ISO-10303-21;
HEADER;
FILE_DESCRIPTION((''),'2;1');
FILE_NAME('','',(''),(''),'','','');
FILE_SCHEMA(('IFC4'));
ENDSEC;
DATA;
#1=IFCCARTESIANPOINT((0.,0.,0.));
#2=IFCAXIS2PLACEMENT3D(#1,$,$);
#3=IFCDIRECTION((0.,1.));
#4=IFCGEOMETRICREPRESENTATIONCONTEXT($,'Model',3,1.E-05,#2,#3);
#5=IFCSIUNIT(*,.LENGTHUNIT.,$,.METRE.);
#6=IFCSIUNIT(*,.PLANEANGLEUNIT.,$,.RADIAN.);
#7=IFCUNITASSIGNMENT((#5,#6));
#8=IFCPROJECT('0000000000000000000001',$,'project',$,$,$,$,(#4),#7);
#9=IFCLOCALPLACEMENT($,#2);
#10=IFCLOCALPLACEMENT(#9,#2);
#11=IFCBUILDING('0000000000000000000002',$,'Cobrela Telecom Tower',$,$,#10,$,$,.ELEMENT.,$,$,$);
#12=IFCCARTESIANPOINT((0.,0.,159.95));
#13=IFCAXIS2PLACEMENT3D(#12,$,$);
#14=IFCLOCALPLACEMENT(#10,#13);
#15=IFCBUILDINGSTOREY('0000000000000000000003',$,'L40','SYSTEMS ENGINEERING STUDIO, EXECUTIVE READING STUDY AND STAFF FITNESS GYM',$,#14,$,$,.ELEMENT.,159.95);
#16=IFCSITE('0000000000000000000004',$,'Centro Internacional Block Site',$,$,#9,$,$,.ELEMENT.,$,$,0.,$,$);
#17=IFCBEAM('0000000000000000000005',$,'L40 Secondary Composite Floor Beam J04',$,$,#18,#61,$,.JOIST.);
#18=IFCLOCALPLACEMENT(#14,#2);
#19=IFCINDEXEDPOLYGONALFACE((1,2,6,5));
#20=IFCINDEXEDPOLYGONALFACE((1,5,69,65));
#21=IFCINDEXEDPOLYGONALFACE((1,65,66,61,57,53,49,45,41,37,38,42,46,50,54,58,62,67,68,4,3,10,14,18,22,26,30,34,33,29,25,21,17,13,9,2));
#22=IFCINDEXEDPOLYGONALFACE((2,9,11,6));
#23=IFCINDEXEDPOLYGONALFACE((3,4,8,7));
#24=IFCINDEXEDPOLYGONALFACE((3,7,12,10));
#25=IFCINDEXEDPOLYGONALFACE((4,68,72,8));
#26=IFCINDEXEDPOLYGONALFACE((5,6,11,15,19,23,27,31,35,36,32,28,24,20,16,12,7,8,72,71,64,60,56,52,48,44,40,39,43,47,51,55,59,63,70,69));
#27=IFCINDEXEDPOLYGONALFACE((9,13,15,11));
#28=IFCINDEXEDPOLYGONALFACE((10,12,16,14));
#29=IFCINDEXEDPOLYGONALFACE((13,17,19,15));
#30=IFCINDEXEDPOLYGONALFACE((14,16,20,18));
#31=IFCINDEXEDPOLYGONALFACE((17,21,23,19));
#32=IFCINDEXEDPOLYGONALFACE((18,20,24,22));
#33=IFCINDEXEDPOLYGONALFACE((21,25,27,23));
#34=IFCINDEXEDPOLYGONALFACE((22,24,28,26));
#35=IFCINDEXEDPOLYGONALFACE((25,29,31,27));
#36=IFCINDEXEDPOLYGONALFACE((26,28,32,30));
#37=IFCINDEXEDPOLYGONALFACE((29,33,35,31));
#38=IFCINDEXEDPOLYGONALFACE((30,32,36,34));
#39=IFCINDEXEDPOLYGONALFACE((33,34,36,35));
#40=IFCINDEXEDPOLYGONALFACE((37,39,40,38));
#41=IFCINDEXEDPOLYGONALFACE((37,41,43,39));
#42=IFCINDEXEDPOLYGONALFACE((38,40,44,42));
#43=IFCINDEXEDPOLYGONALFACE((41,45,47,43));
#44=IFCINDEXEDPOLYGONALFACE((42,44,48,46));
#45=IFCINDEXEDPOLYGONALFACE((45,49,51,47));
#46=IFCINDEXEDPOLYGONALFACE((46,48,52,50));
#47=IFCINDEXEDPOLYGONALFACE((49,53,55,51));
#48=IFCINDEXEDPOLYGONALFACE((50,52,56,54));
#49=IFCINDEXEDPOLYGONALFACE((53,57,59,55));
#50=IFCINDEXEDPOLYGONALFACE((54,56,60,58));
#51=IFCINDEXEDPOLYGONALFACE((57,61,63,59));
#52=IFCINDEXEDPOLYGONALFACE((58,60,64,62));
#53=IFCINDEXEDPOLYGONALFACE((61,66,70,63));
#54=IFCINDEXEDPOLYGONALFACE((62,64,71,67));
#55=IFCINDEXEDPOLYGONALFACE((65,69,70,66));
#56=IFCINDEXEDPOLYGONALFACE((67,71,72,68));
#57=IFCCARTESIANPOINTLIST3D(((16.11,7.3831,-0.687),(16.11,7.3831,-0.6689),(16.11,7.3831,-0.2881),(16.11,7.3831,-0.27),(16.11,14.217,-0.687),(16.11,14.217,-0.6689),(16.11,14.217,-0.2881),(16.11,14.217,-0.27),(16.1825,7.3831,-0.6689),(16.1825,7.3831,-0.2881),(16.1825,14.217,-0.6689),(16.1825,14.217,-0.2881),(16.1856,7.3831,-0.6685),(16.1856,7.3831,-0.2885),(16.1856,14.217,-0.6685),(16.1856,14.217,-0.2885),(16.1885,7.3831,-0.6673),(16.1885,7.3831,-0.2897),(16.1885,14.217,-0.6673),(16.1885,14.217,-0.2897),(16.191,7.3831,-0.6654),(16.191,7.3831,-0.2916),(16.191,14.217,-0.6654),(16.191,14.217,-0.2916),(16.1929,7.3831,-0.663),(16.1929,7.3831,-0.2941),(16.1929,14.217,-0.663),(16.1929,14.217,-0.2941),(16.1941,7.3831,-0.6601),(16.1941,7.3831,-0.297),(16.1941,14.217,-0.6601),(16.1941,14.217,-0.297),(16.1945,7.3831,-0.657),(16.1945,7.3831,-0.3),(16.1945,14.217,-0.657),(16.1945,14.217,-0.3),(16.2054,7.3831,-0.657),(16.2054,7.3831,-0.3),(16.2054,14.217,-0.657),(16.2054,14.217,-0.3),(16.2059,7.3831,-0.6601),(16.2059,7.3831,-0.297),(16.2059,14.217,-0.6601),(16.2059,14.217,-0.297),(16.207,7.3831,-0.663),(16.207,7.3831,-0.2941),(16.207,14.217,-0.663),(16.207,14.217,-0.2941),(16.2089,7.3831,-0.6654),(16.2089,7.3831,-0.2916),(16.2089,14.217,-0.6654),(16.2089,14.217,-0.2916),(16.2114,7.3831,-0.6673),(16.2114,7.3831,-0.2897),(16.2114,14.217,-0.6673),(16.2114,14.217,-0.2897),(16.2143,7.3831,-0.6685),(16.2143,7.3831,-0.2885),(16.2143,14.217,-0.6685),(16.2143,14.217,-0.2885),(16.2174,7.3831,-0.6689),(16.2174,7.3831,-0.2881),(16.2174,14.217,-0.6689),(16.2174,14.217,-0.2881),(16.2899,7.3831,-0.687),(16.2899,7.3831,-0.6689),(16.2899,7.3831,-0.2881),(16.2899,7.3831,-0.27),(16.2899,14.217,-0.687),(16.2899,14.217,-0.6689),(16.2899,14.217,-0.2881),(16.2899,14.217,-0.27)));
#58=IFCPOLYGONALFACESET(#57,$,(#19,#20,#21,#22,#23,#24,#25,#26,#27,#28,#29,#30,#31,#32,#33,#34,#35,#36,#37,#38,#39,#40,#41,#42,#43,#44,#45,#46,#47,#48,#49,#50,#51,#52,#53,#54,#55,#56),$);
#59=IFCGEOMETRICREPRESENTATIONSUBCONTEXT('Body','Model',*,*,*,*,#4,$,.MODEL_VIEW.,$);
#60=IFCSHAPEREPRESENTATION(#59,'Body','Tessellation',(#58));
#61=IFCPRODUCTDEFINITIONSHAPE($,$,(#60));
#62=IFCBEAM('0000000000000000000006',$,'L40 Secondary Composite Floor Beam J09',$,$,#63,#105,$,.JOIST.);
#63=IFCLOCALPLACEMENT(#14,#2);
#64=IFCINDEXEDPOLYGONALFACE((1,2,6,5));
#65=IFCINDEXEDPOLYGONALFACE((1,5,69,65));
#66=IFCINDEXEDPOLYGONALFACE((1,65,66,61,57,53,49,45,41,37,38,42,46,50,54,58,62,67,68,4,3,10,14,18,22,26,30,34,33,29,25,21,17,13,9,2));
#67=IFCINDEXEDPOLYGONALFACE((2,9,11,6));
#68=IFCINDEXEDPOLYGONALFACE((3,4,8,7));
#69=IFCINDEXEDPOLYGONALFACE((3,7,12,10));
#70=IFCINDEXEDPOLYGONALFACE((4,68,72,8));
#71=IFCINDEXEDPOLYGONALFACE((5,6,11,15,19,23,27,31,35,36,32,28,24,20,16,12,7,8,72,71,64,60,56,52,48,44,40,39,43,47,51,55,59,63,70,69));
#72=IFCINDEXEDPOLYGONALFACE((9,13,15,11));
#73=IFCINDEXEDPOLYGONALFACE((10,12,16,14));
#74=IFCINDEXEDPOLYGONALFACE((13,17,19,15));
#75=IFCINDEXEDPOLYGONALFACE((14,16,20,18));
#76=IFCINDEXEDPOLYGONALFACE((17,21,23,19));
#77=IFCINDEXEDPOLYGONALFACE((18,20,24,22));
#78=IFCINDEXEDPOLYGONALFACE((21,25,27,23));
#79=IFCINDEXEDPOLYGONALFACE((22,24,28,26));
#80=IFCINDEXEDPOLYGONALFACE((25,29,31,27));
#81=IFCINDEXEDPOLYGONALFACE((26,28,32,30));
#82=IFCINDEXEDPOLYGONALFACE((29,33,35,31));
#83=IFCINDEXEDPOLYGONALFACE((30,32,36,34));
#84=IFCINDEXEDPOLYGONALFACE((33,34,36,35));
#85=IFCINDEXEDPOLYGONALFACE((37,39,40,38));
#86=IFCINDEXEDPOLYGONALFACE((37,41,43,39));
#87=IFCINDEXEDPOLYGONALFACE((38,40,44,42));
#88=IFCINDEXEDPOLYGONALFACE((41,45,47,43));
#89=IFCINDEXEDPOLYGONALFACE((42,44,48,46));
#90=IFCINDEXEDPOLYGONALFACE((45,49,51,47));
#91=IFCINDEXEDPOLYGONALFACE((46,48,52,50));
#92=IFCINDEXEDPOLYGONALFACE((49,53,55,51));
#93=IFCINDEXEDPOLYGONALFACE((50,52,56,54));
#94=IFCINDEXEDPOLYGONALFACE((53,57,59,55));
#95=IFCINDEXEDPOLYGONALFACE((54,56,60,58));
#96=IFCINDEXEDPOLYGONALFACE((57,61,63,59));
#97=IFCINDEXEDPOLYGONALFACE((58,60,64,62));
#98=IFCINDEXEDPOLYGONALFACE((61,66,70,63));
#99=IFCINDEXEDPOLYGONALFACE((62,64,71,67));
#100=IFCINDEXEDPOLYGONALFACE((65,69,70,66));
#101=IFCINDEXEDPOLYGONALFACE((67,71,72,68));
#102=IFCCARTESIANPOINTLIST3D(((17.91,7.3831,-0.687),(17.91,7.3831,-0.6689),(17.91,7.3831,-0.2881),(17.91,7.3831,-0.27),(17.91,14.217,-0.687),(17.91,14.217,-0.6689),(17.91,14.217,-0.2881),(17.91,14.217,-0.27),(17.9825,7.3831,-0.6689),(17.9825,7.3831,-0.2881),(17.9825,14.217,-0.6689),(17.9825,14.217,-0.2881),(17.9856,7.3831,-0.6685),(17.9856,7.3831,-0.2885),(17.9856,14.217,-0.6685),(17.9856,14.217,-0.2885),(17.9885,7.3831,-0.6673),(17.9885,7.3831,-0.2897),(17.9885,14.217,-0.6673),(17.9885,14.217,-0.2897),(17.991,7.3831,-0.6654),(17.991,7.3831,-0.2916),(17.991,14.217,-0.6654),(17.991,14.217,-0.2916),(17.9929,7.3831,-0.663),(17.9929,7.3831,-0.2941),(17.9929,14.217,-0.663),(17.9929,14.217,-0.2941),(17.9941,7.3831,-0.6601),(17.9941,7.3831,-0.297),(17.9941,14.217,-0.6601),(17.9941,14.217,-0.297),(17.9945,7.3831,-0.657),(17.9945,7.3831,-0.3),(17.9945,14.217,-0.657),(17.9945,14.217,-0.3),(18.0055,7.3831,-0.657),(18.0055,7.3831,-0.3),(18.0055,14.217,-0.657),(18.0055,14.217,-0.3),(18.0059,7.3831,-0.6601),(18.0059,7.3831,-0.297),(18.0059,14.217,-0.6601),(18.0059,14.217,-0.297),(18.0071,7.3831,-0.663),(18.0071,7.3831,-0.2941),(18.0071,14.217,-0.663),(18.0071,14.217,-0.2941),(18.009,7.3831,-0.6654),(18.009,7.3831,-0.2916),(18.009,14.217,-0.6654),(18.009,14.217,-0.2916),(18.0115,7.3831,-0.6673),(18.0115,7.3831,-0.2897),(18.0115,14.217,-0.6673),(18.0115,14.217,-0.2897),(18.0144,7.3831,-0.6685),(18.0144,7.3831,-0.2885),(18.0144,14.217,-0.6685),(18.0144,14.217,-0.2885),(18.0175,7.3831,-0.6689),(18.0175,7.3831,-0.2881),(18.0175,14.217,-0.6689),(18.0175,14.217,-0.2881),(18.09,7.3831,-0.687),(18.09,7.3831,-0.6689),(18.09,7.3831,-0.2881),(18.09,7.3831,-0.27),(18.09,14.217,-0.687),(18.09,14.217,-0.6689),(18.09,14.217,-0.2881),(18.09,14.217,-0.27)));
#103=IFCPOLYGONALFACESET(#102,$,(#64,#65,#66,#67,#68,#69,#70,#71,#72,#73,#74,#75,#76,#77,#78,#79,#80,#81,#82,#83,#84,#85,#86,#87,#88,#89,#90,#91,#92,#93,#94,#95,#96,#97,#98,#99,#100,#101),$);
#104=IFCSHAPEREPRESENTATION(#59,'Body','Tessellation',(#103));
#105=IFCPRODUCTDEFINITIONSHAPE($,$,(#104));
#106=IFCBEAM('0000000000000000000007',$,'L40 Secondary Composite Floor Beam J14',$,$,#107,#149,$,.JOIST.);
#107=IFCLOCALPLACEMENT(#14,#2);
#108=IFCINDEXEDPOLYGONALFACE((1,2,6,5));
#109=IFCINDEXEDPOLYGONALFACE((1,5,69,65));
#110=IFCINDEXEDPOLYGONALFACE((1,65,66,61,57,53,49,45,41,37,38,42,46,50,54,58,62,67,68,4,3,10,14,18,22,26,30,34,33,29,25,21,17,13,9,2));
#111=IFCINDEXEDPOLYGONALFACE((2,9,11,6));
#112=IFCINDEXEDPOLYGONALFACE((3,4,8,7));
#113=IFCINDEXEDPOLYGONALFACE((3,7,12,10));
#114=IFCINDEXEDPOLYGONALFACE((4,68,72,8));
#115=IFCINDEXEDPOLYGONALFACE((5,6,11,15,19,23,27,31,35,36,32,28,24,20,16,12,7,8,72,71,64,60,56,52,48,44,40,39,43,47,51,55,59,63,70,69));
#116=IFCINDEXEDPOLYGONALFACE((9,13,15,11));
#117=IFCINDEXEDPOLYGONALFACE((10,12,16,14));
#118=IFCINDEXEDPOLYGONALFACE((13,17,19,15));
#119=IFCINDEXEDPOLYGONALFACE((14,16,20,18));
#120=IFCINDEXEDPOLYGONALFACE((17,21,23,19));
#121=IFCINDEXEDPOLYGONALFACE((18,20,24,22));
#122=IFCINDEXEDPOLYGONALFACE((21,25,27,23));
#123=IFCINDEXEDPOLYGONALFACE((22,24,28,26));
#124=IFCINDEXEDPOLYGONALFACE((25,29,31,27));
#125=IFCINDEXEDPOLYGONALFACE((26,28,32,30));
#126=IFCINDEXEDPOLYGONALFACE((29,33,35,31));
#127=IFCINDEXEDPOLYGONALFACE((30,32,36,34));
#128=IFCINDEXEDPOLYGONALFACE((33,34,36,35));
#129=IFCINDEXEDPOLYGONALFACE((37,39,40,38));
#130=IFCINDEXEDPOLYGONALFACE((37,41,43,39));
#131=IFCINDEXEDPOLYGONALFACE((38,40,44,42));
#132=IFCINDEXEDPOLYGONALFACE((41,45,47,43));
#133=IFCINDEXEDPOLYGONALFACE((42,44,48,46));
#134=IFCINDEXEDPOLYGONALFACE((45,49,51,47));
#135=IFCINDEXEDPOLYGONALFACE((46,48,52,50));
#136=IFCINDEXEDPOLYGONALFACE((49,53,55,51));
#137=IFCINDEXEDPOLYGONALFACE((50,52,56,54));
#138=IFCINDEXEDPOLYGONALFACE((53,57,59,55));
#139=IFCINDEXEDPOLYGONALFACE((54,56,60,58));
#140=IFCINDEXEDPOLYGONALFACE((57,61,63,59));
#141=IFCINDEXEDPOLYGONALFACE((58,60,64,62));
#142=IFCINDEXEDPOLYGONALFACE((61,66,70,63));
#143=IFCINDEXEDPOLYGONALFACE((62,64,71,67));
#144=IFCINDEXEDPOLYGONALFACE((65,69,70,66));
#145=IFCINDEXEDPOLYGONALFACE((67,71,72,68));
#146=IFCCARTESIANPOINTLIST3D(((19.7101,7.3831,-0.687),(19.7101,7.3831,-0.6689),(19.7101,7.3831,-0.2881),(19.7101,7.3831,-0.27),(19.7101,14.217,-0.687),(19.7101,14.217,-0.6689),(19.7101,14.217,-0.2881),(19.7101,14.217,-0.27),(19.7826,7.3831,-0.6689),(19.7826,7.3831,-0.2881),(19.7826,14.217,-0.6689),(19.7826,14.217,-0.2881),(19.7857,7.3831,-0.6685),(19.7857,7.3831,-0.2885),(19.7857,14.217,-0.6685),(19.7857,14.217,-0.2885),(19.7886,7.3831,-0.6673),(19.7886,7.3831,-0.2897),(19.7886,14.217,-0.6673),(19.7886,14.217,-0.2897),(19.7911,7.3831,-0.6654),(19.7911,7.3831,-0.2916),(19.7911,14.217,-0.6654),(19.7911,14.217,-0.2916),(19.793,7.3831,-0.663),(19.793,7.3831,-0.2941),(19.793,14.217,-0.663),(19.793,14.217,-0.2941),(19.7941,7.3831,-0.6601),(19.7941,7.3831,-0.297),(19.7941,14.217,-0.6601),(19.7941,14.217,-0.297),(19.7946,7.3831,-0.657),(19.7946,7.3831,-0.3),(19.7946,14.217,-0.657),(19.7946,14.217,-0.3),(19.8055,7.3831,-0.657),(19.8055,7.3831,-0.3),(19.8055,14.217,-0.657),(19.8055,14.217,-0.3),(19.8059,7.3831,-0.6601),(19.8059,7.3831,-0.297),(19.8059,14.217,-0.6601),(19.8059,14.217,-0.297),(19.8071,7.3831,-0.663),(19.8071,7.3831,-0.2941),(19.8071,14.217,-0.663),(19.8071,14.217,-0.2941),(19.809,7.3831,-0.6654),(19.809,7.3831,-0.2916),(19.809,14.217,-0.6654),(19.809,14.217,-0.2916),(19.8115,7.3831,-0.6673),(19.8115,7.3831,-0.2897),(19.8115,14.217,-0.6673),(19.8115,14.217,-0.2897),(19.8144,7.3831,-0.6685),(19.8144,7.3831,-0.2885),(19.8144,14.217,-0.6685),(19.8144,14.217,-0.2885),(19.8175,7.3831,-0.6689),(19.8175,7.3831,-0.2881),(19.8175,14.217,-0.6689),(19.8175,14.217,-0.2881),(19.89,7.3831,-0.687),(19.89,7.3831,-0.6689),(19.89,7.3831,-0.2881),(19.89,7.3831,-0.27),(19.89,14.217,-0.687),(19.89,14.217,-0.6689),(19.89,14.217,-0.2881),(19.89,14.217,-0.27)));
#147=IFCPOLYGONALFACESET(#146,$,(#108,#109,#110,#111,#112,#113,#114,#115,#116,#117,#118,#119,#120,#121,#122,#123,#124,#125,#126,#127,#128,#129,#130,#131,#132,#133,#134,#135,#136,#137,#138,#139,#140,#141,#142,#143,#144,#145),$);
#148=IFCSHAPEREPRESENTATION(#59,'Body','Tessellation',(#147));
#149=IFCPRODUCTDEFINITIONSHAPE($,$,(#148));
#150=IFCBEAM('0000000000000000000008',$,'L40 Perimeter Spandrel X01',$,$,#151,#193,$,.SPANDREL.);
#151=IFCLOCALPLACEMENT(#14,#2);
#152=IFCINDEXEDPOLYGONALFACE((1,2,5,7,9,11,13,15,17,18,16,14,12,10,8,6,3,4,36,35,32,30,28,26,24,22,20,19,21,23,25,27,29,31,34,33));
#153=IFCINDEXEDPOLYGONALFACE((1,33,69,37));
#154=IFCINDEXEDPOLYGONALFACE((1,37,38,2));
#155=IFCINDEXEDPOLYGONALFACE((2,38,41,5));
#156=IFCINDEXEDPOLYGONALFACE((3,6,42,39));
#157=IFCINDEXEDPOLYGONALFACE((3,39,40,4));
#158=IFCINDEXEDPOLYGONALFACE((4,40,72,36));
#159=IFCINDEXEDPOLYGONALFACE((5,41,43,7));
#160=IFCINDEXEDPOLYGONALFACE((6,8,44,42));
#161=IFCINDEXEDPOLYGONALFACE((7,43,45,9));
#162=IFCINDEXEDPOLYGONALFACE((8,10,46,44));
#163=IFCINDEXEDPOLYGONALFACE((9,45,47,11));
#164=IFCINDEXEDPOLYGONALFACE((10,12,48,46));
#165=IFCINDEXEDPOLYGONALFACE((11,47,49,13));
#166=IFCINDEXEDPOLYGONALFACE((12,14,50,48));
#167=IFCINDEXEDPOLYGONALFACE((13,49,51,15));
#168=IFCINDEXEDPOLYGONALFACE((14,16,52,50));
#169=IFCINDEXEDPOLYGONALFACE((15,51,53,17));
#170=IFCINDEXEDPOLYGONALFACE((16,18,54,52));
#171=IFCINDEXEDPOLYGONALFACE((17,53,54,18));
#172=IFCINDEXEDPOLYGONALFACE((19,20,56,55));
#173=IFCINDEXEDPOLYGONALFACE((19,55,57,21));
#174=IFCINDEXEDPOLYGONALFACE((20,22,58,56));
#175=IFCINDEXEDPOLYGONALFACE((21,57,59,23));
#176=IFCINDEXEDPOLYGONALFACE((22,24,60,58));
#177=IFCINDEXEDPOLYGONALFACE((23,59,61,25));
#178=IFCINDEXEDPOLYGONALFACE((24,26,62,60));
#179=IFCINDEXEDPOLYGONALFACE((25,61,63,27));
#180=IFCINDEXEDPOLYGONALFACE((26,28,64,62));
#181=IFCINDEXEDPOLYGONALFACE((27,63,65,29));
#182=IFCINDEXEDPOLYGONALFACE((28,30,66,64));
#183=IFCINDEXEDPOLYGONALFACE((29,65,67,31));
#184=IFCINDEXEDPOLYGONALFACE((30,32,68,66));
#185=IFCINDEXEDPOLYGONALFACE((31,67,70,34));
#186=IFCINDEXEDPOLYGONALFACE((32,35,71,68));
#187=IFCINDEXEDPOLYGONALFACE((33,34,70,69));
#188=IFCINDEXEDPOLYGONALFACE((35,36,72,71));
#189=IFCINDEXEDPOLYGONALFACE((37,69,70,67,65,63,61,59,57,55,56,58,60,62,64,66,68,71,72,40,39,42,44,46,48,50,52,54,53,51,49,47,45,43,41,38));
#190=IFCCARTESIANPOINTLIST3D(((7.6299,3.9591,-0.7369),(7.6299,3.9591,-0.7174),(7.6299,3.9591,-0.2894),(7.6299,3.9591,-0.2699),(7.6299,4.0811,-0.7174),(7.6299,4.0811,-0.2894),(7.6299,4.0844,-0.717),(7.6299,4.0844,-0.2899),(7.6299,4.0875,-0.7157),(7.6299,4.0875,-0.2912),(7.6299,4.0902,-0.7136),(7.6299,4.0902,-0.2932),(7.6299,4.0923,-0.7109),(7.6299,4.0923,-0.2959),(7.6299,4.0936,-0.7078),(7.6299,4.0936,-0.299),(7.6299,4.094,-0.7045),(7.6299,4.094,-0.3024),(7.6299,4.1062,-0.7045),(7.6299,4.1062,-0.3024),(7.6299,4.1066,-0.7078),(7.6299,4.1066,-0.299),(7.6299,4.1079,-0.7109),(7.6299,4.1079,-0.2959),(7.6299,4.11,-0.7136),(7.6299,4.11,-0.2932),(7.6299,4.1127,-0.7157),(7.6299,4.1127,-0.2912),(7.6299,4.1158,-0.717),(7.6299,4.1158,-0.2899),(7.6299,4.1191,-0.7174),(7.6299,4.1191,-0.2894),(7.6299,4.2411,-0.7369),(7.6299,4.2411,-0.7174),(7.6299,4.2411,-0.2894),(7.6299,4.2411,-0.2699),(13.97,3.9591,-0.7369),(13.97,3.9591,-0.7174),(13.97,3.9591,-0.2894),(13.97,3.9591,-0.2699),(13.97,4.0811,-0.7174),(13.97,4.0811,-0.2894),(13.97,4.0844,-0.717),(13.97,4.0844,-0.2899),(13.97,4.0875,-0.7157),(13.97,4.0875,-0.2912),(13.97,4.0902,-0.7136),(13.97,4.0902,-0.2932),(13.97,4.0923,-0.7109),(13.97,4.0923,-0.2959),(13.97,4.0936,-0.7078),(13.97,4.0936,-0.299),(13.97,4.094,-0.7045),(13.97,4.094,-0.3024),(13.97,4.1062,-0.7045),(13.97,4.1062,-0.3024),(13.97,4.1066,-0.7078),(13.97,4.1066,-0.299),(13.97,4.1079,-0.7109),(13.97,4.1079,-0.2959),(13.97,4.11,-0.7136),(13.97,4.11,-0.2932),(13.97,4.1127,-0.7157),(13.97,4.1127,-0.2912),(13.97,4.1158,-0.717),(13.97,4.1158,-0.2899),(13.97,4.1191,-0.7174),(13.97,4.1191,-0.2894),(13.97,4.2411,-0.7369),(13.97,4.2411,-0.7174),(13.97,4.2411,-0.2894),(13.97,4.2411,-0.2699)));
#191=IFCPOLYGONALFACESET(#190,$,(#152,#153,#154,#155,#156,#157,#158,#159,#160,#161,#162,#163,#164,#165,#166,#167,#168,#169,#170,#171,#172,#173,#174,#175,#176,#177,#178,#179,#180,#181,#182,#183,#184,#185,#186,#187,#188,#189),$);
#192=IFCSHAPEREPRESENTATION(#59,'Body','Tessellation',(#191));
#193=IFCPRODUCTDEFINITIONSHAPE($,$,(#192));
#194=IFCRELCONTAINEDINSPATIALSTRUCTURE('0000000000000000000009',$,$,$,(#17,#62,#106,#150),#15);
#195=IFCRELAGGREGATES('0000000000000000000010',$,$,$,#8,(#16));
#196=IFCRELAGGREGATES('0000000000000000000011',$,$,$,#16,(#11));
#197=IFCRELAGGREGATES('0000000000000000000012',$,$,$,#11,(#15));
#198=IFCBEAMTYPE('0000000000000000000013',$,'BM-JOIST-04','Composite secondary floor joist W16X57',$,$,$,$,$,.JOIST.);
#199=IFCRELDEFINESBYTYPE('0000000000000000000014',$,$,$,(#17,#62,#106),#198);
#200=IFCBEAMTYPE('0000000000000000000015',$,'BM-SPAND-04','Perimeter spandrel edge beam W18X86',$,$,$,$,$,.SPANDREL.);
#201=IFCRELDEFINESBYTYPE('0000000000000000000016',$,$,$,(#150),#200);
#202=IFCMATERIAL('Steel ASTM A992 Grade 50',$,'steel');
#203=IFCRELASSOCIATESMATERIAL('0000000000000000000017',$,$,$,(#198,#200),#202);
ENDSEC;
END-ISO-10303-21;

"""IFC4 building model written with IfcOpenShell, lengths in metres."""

from ifc_helpers import new_model, si_unit, direction, frame, origin, origin_2d, place, context, subcontext, project, spatial, i_section, extrude, material, material_profile, profile_set, type_object, element, save


model = new_model("IFC4")

# Units and contexts
model_context = context("Model", 3, precision=1e-05, world=origin(), true_north=direction((0.0, 1.0)))
body_context = subcontext(model_context, "Body", "Model", "MODEL_VIEW")
ifc_project = project(units=[si_unit("LENGTHUNIT", "METRE"), si_unit("PLANEANGLEUNIT", "RADIAN")], contexts=[model_context])

# Site, building, storey
site_placement = place(None, origin())
site = spatial("IfcSite", under=ifc_project, at=site_placement, Name="Centro Internacional Block Site", CompositionType="ELEMENT", RefElevation=0.0)
building_placement = place(site_placement, origin())
building = spatial("IfcBuilding", under=site, at=building_placement, Name="Cobrela Telecom Tower", CompositionType="ELEMENT")
storey_placement = place(building_placement, frame((0.0, 0.0, 159.95)))
storey = spatial("IfcBuildingStorey", under=building, at=storey_placement, Name="L40", Description="SYSTEMS ENGINEERING STUDIO, EXECUTIVE READING STUDY AND STAFF FITNESS GYM", CompositionType="ELEMENT", Elevation=159.95)

# Beams
ifc_material_1 = material(Name="Steel ASTM A992 Grade 50", Category="steel")
ifc_material_profile_1 = material_profile(ifc_material_1, i_section(OverallWidth=0.1799, OverallDepth=0.417, WebThickness=0.011, FlangeThickness=0.0181, FilletRadius=0.012, at=origin_2d()), Name="W16X57")
ifc_profile_set_1 = profile_set([ifc_material_profile_1], Name="Steel ASTM A992 Grade 50")
beam_type_1 = type_object("IfcBeamType", Name="BM-JOIST-04", Description="Composite secondary floor joist W16X57", PredefinedType="JOIST", material=ifc_profile_set_1)
for number, where, z_axis, x_axis, name in (
    (1, (16.2, 7.3831, -0.4785), (0.0, 1.0, 0.0), (-1.0, 0.0, 0.0), "L40 Secondary Composite Floor Beam J04"),
    (2, (18.0, 7.3831, -0.4785), (0.0, 1.0, 0.0), (-1.0, 0.0, 0.0), "L40 Secondary Composite Floor Beam J09"),
    (3, (19.8, 7.3831, -0.4785), (0.0, 1.0, 0.0), (-1.0, 0.0, 0.0), "L40 Secondary Composite Floor Beam J14"),
):
    element("IfcBeam", number, at=place(storey_placement, frame(where, z_axis=z_axis, x_axis=x_axis)), inside=storey, type_object=beam_type_1, Name=name, PredefinedType="JOIST", context=body_context, shape_type="SweptSolid", body=[
        extrude(i_section(OverallWidth=0.1799, OverallDepth=0.417, WebThickness=0.011, FlangeThickness=0.0181, FilletRadius=0.012, at=origin_2d()), origin(), (0.0, 0.0, 1.0), 6.834),
    ])
ifc_material_profile_2 = material_profile(ifc_material_1, i_section(OverallWidth=0.282, OverallDepth=0.467, WebThickness=0.0122, FlangeThickness=0.0195, FilletRadius=0.0129, at=origin_2d()), Name="W18X86")
ifc_profile_set_2 = profile_set([ifc_material_profile_2], Name="Steel ASTM A992 Grade 50")
beam_type_2 = type_object("IfcBeamType", Name="BM-SPAND-04", Description="Perimeter spandrel edge beam W18X86", PredefinedType="SPANDREL", material=ifc_profile_set_2)
beam_1_placement = place(storey_placement, frame((7.6299, 4.1001, -0.5034), z_axis=(1.0, 0.0, 0.0), x_axis=(0.0, 1.0, 0.0)))
element("IfcBeam", 4, at=beam_1_placement, inside=storey, type_object=beam_type_2, Name="L40 Perimeter Spandrel X01", PredefinedType="SPANDREL", context=body_context, shape_type="SweptSolid", body=[
    extrude(i_section(OverallWidth=0.282, OverallDepth=0.467, WebThickness=0.0122, FlangeThickness=0.0195, FilletRadius=0.0129, at=origin_2d()), origin(), (0.0, 0.0, 1.0), 6.3401),
])

save(model, "model.ifc")
